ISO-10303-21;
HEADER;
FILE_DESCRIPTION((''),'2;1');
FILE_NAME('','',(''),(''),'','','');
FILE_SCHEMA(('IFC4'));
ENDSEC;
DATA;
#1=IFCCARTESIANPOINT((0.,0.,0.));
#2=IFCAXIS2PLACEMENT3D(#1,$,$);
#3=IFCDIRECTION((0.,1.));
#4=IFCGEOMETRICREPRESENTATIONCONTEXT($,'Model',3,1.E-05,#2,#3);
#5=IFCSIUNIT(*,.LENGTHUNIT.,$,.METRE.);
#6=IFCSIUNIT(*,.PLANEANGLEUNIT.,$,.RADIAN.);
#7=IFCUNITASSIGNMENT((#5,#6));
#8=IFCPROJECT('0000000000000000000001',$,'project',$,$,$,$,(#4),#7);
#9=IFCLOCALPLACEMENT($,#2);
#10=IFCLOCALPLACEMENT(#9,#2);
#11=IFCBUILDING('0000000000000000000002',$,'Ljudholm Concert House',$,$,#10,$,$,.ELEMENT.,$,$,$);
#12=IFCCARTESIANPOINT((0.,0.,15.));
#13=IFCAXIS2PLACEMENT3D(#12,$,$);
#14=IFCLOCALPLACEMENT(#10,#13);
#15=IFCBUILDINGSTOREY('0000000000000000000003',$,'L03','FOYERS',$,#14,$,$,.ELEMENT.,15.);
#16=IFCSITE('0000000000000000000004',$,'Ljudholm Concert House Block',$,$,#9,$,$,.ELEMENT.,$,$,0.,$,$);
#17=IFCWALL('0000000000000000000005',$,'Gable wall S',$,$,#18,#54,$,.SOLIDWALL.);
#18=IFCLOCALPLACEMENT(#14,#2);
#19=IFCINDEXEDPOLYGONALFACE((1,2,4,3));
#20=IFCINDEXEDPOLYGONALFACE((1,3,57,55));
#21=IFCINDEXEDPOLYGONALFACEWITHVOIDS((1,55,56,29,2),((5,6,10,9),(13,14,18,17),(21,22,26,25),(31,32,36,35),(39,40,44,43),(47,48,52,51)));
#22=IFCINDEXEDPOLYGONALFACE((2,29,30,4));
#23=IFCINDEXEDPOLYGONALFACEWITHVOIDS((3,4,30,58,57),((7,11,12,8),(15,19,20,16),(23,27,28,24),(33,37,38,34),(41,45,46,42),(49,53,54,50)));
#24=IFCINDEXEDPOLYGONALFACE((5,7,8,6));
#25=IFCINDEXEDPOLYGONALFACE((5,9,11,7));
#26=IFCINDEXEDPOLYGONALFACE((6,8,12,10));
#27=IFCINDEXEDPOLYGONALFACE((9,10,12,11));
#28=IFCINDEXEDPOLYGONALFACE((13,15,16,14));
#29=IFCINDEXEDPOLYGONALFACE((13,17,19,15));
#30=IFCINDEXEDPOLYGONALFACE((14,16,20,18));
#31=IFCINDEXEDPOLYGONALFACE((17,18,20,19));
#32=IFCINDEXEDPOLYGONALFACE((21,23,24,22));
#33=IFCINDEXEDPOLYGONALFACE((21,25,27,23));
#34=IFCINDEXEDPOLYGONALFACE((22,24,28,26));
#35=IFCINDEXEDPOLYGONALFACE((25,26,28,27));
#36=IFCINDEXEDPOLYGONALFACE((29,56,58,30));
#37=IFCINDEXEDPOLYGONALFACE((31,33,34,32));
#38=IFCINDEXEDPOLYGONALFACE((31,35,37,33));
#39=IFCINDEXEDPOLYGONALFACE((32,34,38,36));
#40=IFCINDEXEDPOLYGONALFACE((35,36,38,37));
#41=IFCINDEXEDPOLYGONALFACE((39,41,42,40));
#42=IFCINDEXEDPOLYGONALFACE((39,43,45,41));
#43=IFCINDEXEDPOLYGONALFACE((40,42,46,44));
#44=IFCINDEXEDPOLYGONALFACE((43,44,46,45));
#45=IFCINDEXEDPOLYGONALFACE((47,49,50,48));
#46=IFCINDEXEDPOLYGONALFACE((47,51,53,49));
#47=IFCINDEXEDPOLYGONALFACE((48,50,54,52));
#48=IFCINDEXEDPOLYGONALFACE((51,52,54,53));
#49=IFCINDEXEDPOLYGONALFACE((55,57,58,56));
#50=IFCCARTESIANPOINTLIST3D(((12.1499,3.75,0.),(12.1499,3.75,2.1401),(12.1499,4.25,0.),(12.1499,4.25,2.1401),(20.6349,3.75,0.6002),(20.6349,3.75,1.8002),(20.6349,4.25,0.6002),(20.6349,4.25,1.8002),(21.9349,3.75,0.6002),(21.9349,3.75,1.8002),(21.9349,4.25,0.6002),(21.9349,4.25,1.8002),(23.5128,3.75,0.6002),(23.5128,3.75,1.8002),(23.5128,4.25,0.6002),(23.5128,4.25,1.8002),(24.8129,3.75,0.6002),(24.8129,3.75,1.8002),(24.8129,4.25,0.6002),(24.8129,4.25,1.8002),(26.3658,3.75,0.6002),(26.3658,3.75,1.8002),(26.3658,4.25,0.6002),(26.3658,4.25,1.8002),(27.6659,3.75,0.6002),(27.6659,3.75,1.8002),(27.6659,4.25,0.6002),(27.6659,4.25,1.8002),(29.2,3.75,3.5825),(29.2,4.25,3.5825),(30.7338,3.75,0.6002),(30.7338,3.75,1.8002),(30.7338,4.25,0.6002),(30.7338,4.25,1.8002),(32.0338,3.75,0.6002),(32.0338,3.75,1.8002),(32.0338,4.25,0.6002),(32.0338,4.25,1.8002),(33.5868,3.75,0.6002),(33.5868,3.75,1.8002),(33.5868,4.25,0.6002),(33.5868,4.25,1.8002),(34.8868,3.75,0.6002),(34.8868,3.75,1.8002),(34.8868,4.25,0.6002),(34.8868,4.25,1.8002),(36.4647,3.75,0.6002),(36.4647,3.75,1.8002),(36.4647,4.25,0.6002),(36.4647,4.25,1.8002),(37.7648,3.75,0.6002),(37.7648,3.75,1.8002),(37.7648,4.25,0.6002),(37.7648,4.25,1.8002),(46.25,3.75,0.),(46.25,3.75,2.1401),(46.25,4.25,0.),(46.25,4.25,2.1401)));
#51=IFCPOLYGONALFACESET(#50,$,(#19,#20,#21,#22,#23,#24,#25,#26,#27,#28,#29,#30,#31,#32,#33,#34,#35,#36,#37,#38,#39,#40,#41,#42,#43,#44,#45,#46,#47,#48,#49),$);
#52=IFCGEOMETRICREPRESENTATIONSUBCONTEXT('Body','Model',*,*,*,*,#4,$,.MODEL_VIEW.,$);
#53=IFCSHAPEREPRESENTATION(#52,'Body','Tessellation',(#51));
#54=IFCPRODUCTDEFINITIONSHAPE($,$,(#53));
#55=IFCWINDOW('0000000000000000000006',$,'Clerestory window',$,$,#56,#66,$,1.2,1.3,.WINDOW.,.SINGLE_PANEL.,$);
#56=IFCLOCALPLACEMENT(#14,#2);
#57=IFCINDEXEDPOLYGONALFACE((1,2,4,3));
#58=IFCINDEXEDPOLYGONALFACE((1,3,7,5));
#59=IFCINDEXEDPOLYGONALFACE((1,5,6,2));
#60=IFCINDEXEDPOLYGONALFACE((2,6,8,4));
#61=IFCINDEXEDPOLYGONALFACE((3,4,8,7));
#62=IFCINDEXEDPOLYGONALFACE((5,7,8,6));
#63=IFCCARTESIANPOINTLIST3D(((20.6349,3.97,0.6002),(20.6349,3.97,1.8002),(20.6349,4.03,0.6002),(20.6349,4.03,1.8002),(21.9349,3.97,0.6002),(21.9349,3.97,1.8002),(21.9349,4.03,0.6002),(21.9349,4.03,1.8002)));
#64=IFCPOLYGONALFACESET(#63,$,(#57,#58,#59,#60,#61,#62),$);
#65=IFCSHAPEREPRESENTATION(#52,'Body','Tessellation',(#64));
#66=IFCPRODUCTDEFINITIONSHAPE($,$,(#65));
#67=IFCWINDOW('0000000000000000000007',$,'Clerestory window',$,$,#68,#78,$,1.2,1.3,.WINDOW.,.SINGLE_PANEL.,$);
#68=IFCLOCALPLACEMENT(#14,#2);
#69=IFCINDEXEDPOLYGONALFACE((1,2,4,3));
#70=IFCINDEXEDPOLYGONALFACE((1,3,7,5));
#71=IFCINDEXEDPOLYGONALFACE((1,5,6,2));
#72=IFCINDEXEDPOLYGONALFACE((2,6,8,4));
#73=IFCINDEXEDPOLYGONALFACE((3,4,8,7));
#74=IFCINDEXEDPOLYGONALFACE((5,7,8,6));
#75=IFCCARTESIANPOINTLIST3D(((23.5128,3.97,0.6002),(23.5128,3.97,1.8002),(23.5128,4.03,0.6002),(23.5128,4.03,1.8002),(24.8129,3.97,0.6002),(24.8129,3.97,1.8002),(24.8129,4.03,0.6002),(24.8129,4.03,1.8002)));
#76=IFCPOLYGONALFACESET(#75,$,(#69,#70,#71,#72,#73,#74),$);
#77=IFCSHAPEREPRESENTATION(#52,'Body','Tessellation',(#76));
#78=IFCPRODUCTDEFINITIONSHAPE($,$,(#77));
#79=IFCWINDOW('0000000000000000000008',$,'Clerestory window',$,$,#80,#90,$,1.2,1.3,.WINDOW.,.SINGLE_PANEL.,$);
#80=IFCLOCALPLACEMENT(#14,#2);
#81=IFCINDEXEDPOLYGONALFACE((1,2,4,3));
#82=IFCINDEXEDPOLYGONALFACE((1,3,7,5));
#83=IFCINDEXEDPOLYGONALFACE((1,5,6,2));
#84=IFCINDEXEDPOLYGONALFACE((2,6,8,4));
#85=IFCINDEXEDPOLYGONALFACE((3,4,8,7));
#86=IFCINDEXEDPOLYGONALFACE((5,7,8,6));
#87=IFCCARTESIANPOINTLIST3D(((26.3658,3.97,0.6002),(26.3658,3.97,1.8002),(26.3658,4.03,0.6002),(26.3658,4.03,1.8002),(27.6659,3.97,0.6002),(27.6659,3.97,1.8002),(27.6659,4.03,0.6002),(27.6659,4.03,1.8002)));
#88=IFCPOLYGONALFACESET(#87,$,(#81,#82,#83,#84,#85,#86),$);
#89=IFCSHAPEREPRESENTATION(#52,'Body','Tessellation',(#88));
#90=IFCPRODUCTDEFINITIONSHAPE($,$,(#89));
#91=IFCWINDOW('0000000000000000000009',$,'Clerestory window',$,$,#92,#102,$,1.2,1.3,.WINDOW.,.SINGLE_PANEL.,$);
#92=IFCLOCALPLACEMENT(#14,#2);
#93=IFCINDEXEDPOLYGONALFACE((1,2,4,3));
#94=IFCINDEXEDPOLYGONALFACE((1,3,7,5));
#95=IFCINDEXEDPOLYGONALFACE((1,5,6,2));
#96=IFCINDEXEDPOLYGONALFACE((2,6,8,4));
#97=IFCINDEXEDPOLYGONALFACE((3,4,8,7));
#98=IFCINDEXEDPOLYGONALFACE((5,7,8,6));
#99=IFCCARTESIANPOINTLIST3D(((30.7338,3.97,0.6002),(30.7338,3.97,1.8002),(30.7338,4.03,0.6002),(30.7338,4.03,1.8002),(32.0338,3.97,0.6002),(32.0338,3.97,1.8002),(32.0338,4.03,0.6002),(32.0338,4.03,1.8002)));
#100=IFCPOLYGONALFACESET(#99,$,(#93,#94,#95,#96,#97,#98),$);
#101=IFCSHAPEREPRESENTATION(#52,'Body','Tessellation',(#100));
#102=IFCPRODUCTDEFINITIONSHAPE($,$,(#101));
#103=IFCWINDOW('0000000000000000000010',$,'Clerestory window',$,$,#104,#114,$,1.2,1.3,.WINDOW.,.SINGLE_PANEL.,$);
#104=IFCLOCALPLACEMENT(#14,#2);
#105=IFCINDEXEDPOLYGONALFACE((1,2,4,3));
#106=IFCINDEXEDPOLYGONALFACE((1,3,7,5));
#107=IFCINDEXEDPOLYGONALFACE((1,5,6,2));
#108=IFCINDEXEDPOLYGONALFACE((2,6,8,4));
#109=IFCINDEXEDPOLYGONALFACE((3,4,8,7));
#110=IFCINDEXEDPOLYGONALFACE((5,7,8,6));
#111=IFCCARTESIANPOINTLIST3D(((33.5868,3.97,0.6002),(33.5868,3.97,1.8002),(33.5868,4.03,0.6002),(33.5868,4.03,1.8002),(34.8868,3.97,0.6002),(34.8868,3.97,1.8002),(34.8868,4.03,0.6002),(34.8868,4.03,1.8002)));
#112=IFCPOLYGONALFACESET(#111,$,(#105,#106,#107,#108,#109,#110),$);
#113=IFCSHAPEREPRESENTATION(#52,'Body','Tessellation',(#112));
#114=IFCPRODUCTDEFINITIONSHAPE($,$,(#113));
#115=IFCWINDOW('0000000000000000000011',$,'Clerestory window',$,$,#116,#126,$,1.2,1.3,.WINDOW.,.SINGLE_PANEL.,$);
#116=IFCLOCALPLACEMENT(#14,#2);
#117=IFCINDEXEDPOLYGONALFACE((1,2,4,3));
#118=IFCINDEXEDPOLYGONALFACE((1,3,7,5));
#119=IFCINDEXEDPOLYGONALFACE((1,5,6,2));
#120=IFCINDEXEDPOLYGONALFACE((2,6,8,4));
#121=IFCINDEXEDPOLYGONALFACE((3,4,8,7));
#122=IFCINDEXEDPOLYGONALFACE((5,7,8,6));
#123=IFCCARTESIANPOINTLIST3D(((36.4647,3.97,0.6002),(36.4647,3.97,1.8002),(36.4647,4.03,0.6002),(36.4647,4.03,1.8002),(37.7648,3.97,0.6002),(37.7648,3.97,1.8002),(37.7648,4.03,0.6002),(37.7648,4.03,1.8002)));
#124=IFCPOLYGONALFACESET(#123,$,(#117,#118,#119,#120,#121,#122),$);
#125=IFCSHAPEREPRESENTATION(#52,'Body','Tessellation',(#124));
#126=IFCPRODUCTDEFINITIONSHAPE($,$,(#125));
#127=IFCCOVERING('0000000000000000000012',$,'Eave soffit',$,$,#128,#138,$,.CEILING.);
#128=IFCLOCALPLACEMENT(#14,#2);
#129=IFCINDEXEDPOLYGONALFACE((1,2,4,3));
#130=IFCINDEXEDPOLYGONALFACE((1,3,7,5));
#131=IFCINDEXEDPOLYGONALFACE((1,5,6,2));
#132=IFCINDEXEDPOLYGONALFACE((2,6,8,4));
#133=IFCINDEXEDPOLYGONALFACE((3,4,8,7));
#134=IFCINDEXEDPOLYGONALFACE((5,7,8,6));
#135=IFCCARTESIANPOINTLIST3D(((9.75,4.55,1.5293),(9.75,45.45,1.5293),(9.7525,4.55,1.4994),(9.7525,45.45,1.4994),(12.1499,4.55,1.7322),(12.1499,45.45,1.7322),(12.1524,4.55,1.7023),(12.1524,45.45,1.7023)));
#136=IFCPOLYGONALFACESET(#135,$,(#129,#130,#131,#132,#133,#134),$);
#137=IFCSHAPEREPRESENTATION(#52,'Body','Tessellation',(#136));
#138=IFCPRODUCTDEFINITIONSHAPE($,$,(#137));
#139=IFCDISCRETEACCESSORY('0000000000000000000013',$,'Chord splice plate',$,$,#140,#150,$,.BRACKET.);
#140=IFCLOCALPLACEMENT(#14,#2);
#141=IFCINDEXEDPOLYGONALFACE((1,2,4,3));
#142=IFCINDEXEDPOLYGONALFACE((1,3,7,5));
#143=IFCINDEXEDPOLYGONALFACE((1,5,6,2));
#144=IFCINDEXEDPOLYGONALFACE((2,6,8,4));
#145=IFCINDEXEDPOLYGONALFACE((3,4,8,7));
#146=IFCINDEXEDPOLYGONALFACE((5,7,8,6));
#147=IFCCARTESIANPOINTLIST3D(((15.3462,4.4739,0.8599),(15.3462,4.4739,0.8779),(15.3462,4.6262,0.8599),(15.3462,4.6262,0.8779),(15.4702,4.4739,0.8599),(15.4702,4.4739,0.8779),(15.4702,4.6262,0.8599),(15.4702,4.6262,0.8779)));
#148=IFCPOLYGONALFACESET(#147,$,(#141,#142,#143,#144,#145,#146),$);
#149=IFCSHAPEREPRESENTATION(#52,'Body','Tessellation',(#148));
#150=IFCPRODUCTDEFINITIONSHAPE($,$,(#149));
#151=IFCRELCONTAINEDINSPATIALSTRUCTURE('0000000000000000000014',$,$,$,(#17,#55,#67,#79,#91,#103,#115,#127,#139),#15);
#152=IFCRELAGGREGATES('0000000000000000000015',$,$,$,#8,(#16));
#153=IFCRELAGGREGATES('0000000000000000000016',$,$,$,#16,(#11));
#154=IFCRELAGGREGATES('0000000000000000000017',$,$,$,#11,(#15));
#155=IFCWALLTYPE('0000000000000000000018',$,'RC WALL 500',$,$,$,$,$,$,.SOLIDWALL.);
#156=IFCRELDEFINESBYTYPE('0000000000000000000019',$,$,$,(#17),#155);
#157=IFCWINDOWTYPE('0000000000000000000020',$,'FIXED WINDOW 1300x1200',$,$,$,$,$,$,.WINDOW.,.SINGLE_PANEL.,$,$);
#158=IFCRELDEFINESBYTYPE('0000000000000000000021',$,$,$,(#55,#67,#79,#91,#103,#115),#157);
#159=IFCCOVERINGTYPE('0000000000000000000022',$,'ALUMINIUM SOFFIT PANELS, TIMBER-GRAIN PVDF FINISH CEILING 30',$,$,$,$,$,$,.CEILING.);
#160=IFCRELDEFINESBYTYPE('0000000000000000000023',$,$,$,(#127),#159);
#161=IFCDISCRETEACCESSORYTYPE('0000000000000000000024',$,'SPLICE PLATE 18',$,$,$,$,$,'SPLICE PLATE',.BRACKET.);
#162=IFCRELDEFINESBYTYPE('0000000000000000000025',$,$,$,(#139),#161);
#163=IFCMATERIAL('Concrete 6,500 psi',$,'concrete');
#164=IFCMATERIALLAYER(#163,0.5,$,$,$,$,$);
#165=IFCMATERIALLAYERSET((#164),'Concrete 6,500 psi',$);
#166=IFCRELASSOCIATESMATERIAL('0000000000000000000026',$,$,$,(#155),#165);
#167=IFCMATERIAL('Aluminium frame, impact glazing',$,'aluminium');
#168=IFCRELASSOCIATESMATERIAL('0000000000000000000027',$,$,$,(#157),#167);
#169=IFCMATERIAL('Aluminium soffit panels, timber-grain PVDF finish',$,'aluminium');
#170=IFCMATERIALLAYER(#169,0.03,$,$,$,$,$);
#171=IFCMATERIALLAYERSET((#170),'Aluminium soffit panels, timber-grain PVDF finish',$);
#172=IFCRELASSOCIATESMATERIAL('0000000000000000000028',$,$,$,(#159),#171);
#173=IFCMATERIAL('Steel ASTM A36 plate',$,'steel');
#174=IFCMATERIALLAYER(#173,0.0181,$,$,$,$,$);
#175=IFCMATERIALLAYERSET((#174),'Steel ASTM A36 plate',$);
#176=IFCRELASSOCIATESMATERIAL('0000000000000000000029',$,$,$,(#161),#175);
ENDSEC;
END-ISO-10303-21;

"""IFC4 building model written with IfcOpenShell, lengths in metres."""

from ifc_helpers import new_model, si_unit, direction, frame, frame_2d, origin, origin_2d, place, context, subcontext, project, spatial, polyline, rectangle, outline, extrude, material, layer, layer_set, type_object, element, fill, save


model = new_model("IFC4")

# Units and contexts
model_context = context("Model", 3, precision=1e-05, world=origin(), true_north=direction((0.0, 1.0)))
body_context = subcontext(model_context, "Body", "Model", "MODEL_VIEW")
ifc_project = project(units=[si_unit("LENGTHUNIT", "METRE"), si_unit("PLANEANGLEUNIT", "RADIAN")], contexts=[model_context])

# Site, building, storey
site_placement = place(None, origin())
site = spatial("IfcSite", under=ifc_project, at=site_placement, Name="Ljudholm Concert House Block", CompositionType="ELEMENT", RefElevation=0.0)
building_placement = place(site_placement, origin())
building = spatial("IfcBuilding", under=site, at=building_placement, Name="Ljudholm Concert House", CompositionType="ELEMENT")
storey_placement = place(building_placement, frame((0.0, 0.0, 15.0)))
storey = spatial("IfcBuildingStorey", under=building, at=storey_placement, Name="L03", Description="FOYERS", CompositionType="ELEMENT", Elevation=15.0)

# Wall, openings, windows
ifc_material_1 = material(Name="Concrete 6,500 psi", Category="concrete")
ifc_layer_1 = layer(ifc_material_1, 0.5)
ifc_layer_set_1 = layer_set([ifc_layer_1], Name="Concrete 6,500 psi")
wall_type = type_object("IfcWallType", Name="RC WALL 500", PredefinedType="SOLIDWALL", material=ifc_layer_set_1)
wall_placement = place(storey_placement, frame((12.1499, 4.0, 0.0), z_axis=(0.0, 0.0, 1.0), x_axis=(1.0, 0.0, 0.0)))
wall = element("IfcWall", 1, at=wall_placement, inside=storey, type_object=wall_type, Name="Gable wall S", PredefinedType="SOLIDWALL", context=body_context, shape_type="SweptSolid", body=[
    extrude(outline(polyline([(0.0, 0.0), (34.1001, 0.0), (34.1001, 2.1401), (17.05, 3.5825), (0.0, 2.1401), (0.0, 0.0)])), frame((0.0, 0.25, 0.0), z_axis=(0.0, -1.0, 0.0), x_axis=(1.0, 0.0, 0.0)), (0.0, 0.0, 1.0), 0.5),
])
opening_1_placement = place(wall_placement, frame((8.4851, 0.0, 0.6001)))
opening_1 = element("IfcOpeningElement", 2, at=opening_1_placement, cuts=wall, PredefinedType="OPENING", context=body_context, shape_type="SweptSolid", body=[
    extrude(rectangle(XDim=1.3, YDim=1.2, at=frame_2d((0.6499, 0.6001))), frame((0.0, 0.26, 0.0), z_axis=(0.0, -1.0, 0.0), x_axis=(1.0, 0.0, 0.0)), (0.0, 0.0, 1.0), 0.52),
])
opening_2_placement = place(wall_placement, frame((11.363, 0.0, 0.6001)))
opening_2 = element("IfcOpeningElement", 3, at=opening_2_placement, cuts=wall, PredefinedType="OPENING", context=body_context, shape_type="SweptSolid", body=[
    extrude(rectangle(XDim=1.3, YDim=1.2, at=frame_2d((0.6499, 0.6001))), frame((0.0, 0.26, 0.0), z_axis=(0.0, -1.0, 0.0), x_axis=(1.0, 0.0, 0.0)), (0.0, 0.0, 1.0), 0.52),
])
opening_3_placement = place(wall_placement, frame((14.2161, 0.0, 0.6001)))
opening_3 = element("IfcOpeningElement", 4, at=opening_3_placement, cuts=wall, PredefinedType="OPENING", context=body_context, shape_type="SweptSolid", body=[
    extrude(rectangle(XDim=1.3, YDim=1.2, at=frame_2d((0.6499, 0.6001))), frame((0.0, 0.26, 0.0), z_axis=(0.0, -1.0, 0.0), x_axis=(1.0, 0.0, 0.0)), (0.0, 0.0, 1.0), 0.52),
])
opening_4_placement = place(wall_placement, frame((18.584, 0.0, 0.6001)))
opening_4 = element("IfcOpeningElement", 5, at=opening_4_placement, cuts=wall, PredefinedType="OPENING", context=body_context, shape_type="SweptSolid", body=[
    extrude(rectangle(XDim=1.3, YDim=1.2, at=frame_2d((0.6499, 0.6001))), frame((0.0, 0.26, 0.0), z_axis=(0.0, -1.0, 0.0), x_axis=(1.0, 0.0, 0.0)), (0.0, 0.0, 1.0), 0.52),
])
opening_5_placement = place(wall_placement, frame((21.437, 0.0, 0.6001)))
opening_5 = element("IfcOpeningElement", 6, at=opening_5_placement, cuts=wall, PredefinedType="OPENING", context=body_context, shape_type="SweptSolid", body=[
    extrude(rectangle(XDim=1.3, YDim=1.2, at=frame_2d((0.6499, 0.6001))), frame((0.0, 0.26, 0.0), z_axis=(0.0, -1.0, 0.0), x_axis=(1.0, 0.0, 0.0)), (0.0, 0.0, 1.0), 0.52),
])
opening_6_placement = place(wall_placement, frame((24.3149, 0.0, 0.6001)))
opening_6 = element("IfcOpeningElement", 7, at=opening_6_placement, cuts=wall, PredefinedType="OPENING", context=body_context, shape_type="SweptSolid", body=[
    extrude(rectangle(XDim=1.3, YDim=1.2, at=frame_2d((0.6499, 0.6001))), frame((0.0, 0.26, 0.0), z_axis=(0.0, -1.0, 0.0), x_axis=(1.0, 0.0, 0.0)), (0.0, 0.0, 1.0), 0.52),
])
ifc_material_2 = material(Name="Aluminium frame, impact glazing", Category="aluminium")
window_type = type_object("IfcWindowType", Name="FIXED WINDOW 1300x1200", PartitioningType="SINGLE_PANEL", PredefinedType="WINDOW", material=ifc_material_2)
window_1_placement = place(opening_1_placement, origin())
window_1 = element("IfcWindow", 8, at=window_1_placement, inside=storey, type_object=window_type, Name="Clerestory window", OverallHeight=1.2, OverallWidth=1.3, PartitioningType="SINGLE_PANEL", PredefinedType="WINDOW", context=body_context, shape_type="SweptSolid", body=[
    extrude(rectangle(XDim=1.3, YDim=1.2, at=frame_2d((0.6499, 0.6001))), frame((0.0, 0.03, 0.0), z_axis=(0.0, -1.0, 0.0), x_axis=(1.0, 0.0, 0.0)), (0.0, 0.0, 1.0), 0.0601),
])
fill(opening_1, window_1)
window_2_placement = place(opening_2_placement, origin())
window_2 = element("IfcWindow", 9, at=window_2_placement, inside=storey, type_object=window_type, Name="Clerestory window", OverallHeight=1.2, OverallWidth=1.3, PartitioningType="SINGLE_PANEL", PredefinedType="WINDOW", context=body_context, shape_type="SweptSolid", body=[
    extrude(rectangle(XDim=1.3, YDim=1.2, at=frame_2d((0.6499, 0.6001))), frame((0.0, 0.03, 0.0), z_axis=(0.0, -1.0, 0.0), x_axis=(1.0, 0.0, 0.0)), (0.0, 0.0, 1.0), 0.0601),
])
fill(opening_2, window_2)
window_3_placement = place(opening_3_placement, origin())
window_3 = element("IfcWindow", 10, at=window_3_placement, inside=storey, type_object=window_type, Name="Clerestory window", OverallHeight=1.2, OverallWidth=1.3, PartitioningType="SINGLE_PANEL", PredefinedType="WINDOW", context=body_context, shape_type="SweptSolid", body=[
    extrude(rectangle(XDim=1.3, YDim=1.2, at=frame_2d((0.6499, 0.6001))), frame((0.0, 0.03, 0.0), z_axis=(0.0, -1.0, 0.0), x_axis=(1.0, 0.0, 0.0)), (0.0, 0.0, 1.0), 0.0601),
])
fill(opening_3, window_3)
window_4_placement = place(opening_4_placement, origin())
window_4 = element("IfcWindow", 11, at=window_4_placement, inside=storey, type_object=window_type, Name="Clerestory window", OverallHeight=1.2, OverallWidth=1.3, PartitioningType="SINGLE_PANEL", PredefinedType="WINDOW", context=body_context, shape_type="SweptSolid", body=[
    extrude(rectangle(XDim=1.3, YDim=1.2, at=frame_2d((0.6499, 0.6001))), frame((0.0, 0.03, 0.0), z_axis=(0.0, -1.0, 0.0), x_axis=(1.0, 0.0, 0.0)), (0.0, 0.0, 1.0), 0.0601),
])
fill(opening_4, window_4)
window_5_placement = place(opening_5_placement, origin())
window_5 = element("IfcWindow", 12, at=window_5_placement, inside=storey, type_object=window_type, Name="Clerestory window", OverallHeight=1.2, OverallWidth=1.3, PartitioningType="SINGLE_PANEL", PredefinedType="WINDOW", context=body_context, shape_type="SweptSolid", body=[
    extrude(rectangle(XDim=1.3, YDim=1.2, at=frame_2d((0.6499, 0.6001))), frame((0.0, 0.03, 0.0), z_axis=(0.0, -1.0, 0.0), x_axis=(1.0, 0.0, 0.0)), (0.0, 0.0, 1.0), 0.0601),
])
fill(opening_5, window_5)
window_6_placement = place(opening_6_placement, origin())
window_6 = element("IfcWindow", 13, at=window_6_placement, inside=storey, type_object=window_type, Name="Clerestory window", OverallHeight=1.2, OverallWidth=1.3, PartitioningType="SINGLE_PANEL", PredefinedType="WINDOW", context=body_context, shape_type="SweptSolid", body=[
    extrude(rectangle(XDim=1.3, YDim=1.2, at=frame_2d((0.6499, 0.6001))), frame((0.0, 0.03, 0.0), z_axis=(0.0, -1.0, 0.0), x_axis=(1.0, 0.0, 0.0)), (0.0, 0.0, 1.0), 0.0601),
])
fill(opening_6, window_6)

# Covering
ifc_material_3 = material(Name="Aluminium soffit panels, timber-grain PVDF finish", Category="aluminium")
ifc_layer_2 = layer(ifc_material_3, 0.03)
ifc_layer_set_2 = layer_set([ifc_layer_2], Name="Aluminium soffit panels, timber-grain PVDF finish")
covering_type = type_object("IfcCoveringType", Name="ALUMINIUM SOFFIT PANELS, TIMBER-GRAIN PVDF FINISH CEILING 30", PredefinedType="CEILING", material=ifc_layer_set_2)
covering_placement = place(storey_placement, frame((9.75, 4.55, 1.5293), z_axis=(-0.084237, 0.0, 0.996446), x_axis=(0.996446, 0.0, 0.084237)))
element("IfcCovering", 14, at=covering_placement, inside=storey, type_object=covering_type, Name="Eave soffit", PredefinedType="CEILING", context=body_context, shape_type="SweptSolid", body=[
    extrude(outline(polyline([(0.0, 0.0), (2.4085, 0.0), (2.4085, 40.8999), (0.0, 40.8999), (0.0, 0.0)])), origin(), (0.0, 0.0, -1.0), 0.03),
])

# Discrete accessory
ifc_material_4 = material(Name="Steel ASTM A36 plate", Category="steel")
ifc_layer_3 = layer(ifc_material_4, 0.0181)
ifc_layer_set_3 = layer_set([ifc_layer_3], Name="Steel ASTM A36 plate")
discrete_accessory_type = type_object("IfcDiscreteAccessoryType", Name="SPLICE PLATE 18", ElementType="SPLICE PLATE", PredefinedType="BRACKET", material=ifc_layer_set_3)
discrete_accessory_placement = place(storey_placement, frame((15.4082, 4.55, 0.8599), z_axis=(0.0, 0.0, 1.0), x_axis=(1.0, 0.0, 0.0)))
element("IfcDiscreteAccessory", 15, at=discrete_accessory_placement, inside=storey, type_object=discrete_accessory_type, Name="Chord splice plate", PredefinedType="BRACKET", context=body_context, shape_type="SweptSolid", body=[
    extrude(rectangle(XDim=0.124, YDim=0.1523, at=origin_2d()), origin(), (0.0, 0.0, 1.0), 0.0181),
])

save(model, "model.ifc")
